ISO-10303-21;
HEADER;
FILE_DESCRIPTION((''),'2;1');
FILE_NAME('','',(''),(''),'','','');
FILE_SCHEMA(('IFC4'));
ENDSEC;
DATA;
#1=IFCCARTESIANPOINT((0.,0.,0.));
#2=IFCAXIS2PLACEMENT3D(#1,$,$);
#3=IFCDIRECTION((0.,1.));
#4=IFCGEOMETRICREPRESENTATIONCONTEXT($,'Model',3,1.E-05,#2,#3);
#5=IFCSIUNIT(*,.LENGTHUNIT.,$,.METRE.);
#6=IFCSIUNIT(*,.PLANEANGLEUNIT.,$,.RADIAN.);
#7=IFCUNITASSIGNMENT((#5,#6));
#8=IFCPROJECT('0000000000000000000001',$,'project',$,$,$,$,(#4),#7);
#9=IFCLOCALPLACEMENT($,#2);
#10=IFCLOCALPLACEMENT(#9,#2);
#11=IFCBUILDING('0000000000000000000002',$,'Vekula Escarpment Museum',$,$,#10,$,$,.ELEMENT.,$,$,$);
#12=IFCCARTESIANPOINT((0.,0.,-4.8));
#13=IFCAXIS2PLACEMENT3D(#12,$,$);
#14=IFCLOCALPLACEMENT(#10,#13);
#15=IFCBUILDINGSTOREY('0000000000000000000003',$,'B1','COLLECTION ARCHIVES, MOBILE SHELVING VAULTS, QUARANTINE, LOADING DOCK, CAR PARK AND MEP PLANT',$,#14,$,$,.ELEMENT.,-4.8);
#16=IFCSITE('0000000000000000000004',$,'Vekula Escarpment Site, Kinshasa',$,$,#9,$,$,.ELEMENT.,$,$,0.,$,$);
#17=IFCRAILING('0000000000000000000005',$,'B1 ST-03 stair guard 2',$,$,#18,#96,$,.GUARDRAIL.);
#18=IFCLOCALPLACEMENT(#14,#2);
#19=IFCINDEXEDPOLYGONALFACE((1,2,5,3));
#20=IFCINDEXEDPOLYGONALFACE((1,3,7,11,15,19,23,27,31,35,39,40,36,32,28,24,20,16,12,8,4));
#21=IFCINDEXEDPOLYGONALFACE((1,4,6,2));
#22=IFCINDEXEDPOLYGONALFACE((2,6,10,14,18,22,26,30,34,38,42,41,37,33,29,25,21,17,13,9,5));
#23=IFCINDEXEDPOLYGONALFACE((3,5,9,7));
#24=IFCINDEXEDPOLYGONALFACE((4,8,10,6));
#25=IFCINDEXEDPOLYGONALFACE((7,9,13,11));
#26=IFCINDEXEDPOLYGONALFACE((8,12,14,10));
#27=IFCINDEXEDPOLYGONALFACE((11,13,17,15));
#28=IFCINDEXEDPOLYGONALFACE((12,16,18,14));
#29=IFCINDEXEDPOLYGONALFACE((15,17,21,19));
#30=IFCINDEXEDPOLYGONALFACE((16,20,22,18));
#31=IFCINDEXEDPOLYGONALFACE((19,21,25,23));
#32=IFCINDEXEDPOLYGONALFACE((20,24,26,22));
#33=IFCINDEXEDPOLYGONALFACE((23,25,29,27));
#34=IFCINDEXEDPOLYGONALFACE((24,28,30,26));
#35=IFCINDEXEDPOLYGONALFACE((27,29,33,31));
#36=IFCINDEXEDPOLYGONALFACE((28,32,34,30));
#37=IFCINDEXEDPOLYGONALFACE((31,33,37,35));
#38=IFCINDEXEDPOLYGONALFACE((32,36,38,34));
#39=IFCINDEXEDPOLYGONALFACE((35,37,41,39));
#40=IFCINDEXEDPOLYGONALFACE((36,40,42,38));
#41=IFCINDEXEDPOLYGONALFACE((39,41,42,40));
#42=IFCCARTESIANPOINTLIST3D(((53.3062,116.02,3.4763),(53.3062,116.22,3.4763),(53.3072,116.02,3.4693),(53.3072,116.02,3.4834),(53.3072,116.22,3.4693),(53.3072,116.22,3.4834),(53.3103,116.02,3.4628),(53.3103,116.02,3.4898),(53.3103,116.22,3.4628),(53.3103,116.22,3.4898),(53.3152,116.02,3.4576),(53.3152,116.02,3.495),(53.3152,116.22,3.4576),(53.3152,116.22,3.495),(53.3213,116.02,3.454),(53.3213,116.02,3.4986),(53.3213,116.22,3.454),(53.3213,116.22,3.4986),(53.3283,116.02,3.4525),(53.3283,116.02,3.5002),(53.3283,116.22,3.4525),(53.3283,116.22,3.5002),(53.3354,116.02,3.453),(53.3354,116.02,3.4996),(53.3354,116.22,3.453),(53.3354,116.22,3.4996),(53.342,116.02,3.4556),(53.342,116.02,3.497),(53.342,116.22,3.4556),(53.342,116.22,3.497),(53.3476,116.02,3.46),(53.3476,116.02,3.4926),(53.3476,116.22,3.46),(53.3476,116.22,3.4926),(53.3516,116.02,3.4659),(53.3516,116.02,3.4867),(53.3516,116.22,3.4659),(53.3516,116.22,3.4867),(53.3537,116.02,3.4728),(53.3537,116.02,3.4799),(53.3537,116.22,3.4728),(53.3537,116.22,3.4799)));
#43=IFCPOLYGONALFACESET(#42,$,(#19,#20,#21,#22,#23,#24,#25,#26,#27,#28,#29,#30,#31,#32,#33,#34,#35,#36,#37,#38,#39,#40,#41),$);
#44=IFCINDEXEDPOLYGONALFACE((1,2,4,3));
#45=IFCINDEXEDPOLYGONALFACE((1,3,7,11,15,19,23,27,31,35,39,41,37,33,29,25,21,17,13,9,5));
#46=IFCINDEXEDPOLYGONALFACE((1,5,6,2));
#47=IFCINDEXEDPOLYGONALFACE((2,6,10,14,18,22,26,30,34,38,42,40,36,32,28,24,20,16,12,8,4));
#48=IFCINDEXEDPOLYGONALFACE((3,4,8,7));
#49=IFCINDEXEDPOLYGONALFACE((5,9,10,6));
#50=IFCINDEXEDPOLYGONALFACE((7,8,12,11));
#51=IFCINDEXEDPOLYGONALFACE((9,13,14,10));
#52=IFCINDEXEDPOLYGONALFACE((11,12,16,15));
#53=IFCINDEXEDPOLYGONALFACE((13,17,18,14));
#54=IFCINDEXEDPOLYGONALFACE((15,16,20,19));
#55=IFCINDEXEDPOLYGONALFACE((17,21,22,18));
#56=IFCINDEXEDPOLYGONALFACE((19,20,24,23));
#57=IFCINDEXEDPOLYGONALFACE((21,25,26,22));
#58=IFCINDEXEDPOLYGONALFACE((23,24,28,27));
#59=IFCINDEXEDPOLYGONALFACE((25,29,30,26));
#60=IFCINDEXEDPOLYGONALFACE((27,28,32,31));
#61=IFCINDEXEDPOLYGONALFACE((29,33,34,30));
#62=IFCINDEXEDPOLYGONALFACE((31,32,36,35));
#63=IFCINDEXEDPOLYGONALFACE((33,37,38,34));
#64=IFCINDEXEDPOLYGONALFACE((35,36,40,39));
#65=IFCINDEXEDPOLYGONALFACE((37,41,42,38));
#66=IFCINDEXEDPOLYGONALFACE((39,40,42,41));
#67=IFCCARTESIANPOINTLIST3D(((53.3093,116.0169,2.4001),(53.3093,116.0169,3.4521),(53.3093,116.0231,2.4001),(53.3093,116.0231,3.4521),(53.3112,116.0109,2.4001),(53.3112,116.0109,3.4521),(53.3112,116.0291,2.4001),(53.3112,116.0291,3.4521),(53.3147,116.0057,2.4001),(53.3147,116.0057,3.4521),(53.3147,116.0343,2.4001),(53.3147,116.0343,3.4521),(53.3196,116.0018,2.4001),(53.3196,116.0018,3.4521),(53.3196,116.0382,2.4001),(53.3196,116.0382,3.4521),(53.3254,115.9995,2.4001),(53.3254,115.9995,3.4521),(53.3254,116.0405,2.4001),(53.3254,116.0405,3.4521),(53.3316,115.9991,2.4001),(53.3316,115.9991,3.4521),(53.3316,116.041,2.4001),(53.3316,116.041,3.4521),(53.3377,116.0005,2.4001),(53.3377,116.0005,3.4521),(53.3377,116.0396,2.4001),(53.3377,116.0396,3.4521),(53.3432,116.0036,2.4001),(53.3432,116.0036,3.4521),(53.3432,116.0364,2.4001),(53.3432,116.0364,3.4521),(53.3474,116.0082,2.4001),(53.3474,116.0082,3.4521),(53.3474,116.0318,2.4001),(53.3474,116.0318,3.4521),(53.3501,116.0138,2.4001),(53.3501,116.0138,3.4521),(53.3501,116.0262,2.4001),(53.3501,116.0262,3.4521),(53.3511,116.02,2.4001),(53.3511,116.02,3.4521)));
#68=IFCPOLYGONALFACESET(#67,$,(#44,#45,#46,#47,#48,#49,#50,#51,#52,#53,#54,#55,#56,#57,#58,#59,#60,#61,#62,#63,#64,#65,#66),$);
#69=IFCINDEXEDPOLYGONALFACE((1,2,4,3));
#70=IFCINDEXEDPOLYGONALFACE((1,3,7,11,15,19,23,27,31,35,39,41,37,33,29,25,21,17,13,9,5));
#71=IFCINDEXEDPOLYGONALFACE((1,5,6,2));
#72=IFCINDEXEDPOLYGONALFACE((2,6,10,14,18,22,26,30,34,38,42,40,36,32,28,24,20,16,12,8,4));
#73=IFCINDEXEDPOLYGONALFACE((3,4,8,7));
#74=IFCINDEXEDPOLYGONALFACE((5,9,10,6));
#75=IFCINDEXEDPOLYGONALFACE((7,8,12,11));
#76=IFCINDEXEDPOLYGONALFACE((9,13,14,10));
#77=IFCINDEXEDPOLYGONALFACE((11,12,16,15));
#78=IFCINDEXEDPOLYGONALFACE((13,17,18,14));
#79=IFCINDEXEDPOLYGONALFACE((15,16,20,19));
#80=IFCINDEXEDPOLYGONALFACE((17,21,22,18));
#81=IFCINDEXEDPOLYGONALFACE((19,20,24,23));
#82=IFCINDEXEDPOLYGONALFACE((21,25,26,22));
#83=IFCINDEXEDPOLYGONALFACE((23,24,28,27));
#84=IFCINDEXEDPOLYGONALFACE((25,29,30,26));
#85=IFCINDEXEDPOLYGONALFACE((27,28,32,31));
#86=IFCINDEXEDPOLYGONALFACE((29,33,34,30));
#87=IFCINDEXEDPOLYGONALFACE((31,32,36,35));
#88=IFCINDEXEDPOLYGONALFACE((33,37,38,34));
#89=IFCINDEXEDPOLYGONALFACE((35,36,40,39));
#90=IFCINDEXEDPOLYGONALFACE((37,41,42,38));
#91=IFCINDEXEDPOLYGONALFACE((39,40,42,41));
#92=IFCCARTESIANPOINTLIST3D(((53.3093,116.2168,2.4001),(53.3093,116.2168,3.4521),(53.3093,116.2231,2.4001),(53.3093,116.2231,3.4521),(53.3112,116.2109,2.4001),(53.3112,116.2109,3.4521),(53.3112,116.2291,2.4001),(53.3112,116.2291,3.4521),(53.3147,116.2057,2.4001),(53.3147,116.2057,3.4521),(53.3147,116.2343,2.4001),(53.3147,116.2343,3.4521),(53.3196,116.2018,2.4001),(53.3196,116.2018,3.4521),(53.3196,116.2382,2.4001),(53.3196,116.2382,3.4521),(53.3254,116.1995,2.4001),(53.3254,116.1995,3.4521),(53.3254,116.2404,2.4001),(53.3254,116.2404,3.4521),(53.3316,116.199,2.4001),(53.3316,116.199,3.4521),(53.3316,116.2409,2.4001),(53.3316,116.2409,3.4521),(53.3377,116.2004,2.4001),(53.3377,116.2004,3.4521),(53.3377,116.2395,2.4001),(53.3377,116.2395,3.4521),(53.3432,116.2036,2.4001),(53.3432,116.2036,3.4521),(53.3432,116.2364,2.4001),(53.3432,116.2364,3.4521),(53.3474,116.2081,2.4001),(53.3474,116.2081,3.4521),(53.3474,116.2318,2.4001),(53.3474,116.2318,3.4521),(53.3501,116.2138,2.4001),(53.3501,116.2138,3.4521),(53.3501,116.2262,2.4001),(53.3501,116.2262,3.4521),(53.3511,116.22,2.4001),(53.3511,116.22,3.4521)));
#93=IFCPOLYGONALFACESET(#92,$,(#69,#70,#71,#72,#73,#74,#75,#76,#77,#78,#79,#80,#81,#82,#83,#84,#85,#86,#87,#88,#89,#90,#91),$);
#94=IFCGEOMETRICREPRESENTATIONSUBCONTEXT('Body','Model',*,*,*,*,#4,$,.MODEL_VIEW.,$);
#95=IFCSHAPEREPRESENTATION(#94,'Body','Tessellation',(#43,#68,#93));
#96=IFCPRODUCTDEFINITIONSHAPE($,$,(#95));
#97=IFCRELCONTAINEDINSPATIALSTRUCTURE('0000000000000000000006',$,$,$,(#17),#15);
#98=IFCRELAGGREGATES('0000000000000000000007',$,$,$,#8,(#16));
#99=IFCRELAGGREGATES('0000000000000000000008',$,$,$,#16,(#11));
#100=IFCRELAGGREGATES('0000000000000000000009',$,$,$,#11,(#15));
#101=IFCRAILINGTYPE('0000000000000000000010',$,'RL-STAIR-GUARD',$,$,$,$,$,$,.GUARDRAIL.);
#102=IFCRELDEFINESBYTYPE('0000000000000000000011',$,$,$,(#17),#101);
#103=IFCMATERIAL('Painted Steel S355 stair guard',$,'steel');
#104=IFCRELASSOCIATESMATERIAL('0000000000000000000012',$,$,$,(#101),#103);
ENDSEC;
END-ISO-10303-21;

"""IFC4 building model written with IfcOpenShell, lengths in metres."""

from ifc_helpers import new_model, si_unit, direction, frame, origin, origin_2d, place, context, subcontext, project, spatial, circle, extrude, material, type_object, element, save


model = new_model("IFC4")

# Units and contexts
model_context = context("Model", 3, precision=1e-05, world=origin(), true_north=direction((0.0, 1.0)))
body_context = subcontext(model_context, "Body", "Model", "MODEL_VIEW")
ifc_project = project(units=[si_unit("LENGTHUNIT", "METRE"), si_unit("PLANEANGLEUNIT", "RADIAN")], contexts=[model_context])

# Site, building, storey
site_placement = place(None, origin())
site = spatial("IfcSite", under=ifc_project, at=site_placement, Name="Vekula Escarpment Site, Kinshasa", CompositionType="ELEMENT", RefElevation=0.0)
building_placement = place(site_placement, origin())
building = spatial("IfcBuilding", under=site, at=building_placement, Name="Vekula Escarpment Museum", CompositionType="ELEMENT")
storey_placement = place(building_placement, frame((0.0, 0.0, -4.8)))
storey = spatial("IfcBuildingStorey", under=building, at=storey_placement, Name="B1", Description="COLLECTION ARCHIVES, MOBILE SHELVING VAULTS, QUARANTINE, LOADING DOCK, CAR PARK AND MEP PLANT", CompositionType="ELEMENT", Elevation=-4.8)

# Railing
ifc_material_1 = material(Name="Painted Steel S355 stair guard", Category="steel")
railing_type_1 = type_object("IfcRailingType", Name="RL-STAIR-GUARD", PredefinedType="GUARDRAIL", material=ifc_material_1)
railing_1_placement = place(storey_placement, frame((53.3301, 116.02, 2.4001)))
element("IfcRailing", 1, at=railing_1_placement, inside=storey, type_object=railing_type_1, Name="B1 ST-03 stair guard 2", PredefinedType="GUARDRAIL", context=body_context, shape_type="SweptSolid", body=[
    extrude(circle(Radius=0.0239, at=origin_2d()), frame((0.0, 0.0, 1.0762), z_axis=(0.0, 1.0, 0.0), x_axis=(-1.0, 0.0, 0.0)), (0.0, 0.0, 1.0), 0.2),
    extrude(circle(Radius=0.021, at=origin_2d()), origin(), (0.0, 0.0, 1.0), 1.052),
    extrude(circle(Radius=0.021, at=origin_2d()), frame((0.0, 0.2, 0.0)), (0.0, 0.0, 1.0), 1.052),
])

save(model, "model.ifc")
